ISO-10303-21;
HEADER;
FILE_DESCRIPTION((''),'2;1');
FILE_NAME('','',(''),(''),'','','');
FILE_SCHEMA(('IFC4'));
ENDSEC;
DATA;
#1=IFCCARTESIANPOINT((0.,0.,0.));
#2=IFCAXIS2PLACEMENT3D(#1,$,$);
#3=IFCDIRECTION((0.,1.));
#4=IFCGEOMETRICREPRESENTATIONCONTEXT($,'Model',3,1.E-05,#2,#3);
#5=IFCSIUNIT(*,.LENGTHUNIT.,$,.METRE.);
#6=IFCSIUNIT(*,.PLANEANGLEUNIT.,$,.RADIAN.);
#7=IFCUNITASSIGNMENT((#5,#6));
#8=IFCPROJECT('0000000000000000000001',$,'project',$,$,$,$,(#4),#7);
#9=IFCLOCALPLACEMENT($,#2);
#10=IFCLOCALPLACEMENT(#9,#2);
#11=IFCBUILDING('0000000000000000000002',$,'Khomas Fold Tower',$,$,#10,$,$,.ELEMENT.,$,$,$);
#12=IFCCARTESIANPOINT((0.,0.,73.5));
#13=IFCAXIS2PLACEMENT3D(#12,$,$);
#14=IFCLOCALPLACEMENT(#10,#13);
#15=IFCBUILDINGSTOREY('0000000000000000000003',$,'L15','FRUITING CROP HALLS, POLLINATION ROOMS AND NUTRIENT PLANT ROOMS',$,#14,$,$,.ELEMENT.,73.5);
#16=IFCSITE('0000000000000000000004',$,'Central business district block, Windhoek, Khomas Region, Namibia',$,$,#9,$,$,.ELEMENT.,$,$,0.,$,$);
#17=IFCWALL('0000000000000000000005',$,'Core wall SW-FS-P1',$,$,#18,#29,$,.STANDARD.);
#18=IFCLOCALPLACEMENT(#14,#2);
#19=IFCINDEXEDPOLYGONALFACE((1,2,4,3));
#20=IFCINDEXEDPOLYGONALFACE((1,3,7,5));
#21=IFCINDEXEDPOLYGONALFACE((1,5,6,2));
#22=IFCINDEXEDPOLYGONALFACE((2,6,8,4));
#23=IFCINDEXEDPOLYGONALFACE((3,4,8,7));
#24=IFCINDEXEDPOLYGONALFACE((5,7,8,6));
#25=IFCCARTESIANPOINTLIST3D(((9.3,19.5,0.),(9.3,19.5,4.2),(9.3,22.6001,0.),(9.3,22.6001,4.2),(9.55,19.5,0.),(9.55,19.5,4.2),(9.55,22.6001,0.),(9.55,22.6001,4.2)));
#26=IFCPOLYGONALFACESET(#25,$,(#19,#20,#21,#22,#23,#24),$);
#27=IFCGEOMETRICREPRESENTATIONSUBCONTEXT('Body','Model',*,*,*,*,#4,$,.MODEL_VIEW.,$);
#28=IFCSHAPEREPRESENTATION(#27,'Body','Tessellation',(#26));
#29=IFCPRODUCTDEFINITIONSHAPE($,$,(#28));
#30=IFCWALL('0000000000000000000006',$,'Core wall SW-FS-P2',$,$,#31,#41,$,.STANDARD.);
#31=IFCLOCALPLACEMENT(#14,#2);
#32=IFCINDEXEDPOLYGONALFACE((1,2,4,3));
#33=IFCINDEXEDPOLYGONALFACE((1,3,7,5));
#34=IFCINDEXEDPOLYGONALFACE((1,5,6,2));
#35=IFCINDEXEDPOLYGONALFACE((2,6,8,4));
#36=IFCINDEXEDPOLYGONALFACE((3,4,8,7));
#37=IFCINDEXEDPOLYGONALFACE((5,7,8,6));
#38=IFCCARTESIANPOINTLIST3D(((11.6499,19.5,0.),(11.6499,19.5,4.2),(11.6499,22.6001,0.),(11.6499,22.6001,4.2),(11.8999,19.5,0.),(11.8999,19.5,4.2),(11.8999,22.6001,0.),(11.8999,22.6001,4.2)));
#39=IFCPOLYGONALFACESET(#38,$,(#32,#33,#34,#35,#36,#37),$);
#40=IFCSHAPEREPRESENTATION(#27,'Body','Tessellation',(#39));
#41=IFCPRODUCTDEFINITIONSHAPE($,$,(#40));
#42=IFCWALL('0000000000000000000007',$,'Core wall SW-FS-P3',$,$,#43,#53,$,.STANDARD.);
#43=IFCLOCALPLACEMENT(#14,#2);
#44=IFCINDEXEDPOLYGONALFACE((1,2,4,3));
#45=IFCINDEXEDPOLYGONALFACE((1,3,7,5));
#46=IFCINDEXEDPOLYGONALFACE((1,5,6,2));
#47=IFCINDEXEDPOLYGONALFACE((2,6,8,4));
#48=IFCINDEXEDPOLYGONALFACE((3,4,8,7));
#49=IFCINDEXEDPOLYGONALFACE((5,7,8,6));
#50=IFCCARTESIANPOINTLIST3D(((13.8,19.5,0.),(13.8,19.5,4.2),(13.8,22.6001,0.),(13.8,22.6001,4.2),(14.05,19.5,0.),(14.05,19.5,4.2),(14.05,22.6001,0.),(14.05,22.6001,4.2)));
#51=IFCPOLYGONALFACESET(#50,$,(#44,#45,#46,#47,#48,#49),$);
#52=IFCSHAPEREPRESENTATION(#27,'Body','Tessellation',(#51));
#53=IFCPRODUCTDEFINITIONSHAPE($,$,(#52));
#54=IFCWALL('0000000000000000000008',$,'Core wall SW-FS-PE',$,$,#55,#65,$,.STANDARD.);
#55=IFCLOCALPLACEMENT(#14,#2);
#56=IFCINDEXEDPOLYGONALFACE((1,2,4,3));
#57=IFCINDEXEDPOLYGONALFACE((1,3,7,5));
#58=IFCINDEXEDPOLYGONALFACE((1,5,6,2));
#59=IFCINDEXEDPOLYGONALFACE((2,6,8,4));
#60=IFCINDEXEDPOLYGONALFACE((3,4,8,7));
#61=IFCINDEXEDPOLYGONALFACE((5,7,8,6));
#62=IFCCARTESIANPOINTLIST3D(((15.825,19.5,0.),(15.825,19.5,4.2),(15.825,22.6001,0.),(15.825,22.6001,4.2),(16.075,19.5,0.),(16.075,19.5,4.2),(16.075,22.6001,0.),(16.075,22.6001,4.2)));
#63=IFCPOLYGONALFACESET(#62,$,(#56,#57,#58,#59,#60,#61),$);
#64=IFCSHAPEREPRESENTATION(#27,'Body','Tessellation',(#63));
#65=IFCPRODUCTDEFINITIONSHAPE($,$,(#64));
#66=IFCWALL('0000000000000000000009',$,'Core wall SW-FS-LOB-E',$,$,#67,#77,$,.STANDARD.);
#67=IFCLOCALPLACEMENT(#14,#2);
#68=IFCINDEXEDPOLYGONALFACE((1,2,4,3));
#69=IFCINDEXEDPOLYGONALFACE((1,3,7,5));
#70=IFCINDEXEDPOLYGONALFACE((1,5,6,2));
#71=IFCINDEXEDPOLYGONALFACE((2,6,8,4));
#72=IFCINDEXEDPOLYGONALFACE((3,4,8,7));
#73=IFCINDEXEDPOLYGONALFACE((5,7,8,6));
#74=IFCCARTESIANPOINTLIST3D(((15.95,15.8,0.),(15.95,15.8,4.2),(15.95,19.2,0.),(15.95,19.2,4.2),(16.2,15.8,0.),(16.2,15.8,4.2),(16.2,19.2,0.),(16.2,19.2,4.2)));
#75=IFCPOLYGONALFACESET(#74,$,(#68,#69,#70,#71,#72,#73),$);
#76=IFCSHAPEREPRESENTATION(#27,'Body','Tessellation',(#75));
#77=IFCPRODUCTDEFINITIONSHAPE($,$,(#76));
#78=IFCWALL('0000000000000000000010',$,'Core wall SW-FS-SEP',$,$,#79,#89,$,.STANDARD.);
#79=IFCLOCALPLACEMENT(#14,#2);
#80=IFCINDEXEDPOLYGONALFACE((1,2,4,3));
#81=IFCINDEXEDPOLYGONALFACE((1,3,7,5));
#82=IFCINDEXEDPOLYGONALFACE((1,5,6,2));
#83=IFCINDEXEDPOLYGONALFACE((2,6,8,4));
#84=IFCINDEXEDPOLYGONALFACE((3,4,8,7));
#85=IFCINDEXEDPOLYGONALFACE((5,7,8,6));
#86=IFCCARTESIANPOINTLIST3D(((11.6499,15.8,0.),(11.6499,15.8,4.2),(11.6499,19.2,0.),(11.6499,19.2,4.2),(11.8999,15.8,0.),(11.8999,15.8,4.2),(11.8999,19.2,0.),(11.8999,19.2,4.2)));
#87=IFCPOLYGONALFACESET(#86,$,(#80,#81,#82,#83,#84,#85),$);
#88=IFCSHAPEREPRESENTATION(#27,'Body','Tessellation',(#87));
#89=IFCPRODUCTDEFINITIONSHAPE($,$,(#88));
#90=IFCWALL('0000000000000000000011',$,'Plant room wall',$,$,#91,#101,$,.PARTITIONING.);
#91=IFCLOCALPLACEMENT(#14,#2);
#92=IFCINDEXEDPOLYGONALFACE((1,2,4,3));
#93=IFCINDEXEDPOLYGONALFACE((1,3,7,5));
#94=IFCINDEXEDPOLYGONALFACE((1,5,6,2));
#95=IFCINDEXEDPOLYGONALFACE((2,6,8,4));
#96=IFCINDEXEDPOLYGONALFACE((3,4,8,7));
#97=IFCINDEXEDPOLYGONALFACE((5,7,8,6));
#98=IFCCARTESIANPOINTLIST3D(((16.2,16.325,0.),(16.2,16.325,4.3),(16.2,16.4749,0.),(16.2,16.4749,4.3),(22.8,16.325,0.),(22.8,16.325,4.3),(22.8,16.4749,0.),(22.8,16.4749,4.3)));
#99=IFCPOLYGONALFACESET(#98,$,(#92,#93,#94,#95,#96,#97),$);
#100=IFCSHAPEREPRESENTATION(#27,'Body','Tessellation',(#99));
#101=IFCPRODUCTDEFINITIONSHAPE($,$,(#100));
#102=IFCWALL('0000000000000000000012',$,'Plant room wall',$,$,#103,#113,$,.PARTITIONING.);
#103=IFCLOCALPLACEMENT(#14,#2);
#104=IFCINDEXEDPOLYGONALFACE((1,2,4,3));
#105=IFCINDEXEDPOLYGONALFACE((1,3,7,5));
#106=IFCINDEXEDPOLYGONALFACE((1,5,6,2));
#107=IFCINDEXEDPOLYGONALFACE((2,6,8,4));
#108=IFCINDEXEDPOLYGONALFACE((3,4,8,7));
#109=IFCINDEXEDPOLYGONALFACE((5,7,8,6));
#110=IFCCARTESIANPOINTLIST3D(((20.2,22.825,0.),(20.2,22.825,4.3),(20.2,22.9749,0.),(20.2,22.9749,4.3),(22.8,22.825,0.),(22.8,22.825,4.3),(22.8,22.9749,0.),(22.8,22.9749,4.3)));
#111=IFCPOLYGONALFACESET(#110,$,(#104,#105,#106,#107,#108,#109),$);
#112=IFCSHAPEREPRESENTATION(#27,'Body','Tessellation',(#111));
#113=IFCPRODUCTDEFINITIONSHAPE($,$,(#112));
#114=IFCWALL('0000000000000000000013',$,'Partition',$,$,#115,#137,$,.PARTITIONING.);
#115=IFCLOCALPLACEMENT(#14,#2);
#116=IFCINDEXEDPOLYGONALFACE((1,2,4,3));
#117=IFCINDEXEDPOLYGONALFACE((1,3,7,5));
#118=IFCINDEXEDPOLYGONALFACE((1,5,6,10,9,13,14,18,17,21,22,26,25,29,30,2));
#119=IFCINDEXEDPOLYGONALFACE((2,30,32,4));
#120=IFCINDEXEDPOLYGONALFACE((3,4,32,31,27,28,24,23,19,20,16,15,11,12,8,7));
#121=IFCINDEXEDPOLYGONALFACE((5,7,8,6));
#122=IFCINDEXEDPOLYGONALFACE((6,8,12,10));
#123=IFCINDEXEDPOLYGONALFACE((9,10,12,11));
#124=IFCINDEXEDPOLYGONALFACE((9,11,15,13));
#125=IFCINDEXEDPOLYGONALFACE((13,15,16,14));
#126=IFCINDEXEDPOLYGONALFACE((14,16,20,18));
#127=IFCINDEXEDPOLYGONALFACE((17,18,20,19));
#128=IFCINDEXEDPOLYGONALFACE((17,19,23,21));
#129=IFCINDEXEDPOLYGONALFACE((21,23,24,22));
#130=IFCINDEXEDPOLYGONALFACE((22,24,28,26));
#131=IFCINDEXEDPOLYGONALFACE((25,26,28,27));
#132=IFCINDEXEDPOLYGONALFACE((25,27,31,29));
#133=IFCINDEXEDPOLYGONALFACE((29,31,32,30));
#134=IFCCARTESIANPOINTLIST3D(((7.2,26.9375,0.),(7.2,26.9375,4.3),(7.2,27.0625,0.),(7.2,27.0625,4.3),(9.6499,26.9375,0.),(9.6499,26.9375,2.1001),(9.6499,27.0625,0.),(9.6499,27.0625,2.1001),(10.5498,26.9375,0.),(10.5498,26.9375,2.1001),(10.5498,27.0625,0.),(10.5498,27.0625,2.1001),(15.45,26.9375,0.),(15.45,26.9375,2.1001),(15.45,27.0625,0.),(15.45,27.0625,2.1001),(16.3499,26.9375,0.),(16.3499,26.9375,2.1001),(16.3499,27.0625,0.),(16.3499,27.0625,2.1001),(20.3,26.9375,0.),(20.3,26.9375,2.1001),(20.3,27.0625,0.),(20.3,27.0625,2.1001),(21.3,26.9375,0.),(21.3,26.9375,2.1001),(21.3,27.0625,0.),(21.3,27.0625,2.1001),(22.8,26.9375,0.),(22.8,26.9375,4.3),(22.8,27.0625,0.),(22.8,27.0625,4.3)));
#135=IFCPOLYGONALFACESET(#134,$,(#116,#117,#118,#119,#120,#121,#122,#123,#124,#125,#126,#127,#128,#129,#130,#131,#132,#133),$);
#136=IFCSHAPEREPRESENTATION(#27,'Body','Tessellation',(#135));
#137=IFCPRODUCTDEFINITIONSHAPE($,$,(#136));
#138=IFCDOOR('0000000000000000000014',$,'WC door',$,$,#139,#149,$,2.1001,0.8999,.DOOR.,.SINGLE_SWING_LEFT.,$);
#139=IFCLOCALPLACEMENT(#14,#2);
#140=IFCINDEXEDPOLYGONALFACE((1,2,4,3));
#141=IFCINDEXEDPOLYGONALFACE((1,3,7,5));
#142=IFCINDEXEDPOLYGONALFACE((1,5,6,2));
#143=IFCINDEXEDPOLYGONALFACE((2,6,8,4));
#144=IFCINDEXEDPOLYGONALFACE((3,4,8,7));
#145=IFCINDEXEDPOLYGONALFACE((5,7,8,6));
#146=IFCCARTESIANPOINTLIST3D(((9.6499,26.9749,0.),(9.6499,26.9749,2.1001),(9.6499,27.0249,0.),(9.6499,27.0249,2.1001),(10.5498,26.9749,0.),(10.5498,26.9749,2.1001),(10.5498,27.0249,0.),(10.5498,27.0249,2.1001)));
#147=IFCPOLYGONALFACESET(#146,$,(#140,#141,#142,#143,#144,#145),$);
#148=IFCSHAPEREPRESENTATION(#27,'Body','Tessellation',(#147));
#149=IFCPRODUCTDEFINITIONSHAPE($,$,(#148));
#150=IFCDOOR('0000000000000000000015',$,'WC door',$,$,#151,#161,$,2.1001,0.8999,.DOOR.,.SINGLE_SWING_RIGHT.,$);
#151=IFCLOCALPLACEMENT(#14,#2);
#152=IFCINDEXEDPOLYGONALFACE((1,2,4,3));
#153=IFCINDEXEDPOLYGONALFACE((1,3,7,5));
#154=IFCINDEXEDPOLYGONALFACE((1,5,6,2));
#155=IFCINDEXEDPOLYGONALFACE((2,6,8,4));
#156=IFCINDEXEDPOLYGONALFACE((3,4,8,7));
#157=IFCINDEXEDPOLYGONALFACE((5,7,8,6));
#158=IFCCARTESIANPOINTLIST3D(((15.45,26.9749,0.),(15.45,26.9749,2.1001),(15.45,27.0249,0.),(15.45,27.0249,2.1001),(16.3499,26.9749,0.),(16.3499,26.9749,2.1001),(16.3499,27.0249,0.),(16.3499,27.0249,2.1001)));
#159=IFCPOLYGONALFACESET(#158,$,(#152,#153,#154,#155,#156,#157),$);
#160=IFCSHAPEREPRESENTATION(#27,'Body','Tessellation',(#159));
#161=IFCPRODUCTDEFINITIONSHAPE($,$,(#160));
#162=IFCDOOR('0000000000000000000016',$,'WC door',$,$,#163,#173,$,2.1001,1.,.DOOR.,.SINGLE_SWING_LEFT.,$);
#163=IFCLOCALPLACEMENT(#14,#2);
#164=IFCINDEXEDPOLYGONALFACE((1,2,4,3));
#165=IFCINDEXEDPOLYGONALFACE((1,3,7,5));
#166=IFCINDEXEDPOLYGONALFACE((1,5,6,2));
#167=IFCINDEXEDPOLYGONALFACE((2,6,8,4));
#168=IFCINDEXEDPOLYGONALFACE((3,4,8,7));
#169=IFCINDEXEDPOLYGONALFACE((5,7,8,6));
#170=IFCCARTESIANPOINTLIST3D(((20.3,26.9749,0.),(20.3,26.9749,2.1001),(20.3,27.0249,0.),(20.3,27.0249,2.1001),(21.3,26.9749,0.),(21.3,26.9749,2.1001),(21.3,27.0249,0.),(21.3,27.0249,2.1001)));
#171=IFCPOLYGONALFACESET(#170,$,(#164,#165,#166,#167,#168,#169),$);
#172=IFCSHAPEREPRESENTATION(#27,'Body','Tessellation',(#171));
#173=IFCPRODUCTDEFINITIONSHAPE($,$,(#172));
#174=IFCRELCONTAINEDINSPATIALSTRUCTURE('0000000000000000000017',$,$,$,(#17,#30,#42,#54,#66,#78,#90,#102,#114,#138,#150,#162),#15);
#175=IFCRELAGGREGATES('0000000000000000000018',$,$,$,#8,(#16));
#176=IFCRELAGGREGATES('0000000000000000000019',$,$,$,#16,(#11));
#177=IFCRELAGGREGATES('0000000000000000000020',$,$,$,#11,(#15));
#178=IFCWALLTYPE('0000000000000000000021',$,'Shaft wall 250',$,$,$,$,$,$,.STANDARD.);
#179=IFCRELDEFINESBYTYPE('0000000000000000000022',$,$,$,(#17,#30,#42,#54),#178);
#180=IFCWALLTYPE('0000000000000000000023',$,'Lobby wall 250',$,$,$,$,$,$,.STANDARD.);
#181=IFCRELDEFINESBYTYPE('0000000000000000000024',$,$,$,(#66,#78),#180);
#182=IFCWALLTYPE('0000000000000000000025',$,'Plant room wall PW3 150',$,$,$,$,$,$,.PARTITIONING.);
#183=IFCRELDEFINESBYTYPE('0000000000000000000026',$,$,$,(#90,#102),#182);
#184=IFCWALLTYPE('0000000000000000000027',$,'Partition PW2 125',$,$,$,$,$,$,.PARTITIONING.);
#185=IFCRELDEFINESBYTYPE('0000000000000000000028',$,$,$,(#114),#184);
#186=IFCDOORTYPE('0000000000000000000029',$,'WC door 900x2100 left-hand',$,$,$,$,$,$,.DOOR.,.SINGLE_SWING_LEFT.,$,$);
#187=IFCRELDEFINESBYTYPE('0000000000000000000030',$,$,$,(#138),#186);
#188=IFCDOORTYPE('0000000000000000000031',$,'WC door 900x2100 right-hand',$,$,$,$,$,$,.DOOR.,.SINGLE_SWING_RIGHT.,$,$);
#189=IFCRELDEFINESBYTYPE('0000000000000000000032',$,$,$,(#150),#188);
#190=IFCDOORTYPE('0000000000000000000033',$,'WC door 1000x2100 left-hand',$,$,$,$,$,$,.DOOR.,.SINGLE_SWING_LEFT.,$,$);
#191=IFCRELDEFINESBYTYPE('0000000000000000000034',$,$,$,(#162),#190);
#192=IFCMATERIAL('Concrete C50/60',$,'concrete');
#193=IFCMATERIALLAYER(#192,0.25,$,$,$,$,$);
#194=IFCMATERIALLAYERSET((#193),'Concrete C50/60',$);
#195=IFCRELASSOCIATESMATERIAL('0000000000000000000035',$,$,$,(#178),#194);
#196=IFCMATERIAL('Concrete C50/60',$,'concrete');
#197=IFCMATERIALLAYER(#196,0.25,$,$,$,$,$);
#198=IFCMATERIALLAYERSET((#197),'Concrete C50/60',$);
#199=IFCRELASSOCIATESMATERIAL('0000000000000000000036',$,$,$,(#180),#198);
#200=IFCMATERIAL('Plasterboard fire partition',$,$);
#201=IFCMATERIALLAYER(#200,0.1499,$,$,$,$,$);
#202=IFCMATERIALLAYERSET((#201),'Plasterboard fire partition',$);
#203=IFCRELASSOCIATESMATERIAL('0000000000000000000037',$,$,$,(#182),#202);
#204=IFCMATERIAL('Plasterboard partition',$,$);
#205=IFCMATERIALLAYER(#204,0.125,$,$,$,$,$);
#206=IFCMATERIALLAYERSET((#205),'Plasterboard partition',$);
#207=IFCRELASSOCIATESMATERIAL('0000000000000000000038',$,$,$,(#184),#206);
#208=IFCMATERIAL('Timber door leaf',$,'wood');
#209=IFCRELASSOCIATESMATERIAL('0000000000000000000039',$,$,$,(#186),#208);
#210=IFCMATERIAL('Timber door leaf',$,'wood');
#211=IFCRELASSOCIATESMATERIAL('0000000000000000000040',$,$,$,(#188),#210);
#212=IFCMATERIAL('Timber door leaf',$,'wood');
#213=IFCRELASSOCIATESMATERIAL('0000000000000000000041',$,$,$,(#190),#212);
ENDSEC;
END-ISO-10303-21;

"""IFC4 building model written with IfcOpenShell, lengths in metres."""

from ifc_helpers import new_model, si_unit, direction, frame, frame_2d, origin, place, context, subcontext, project, spatial, rectangle, extrude, source, transform, mapped, material, layer, layer_set, type_object, element, fill, save


model = new_model("IFC4")

# Units and contexts
model_context = context("Model", 3, precision=1e-05, world=origin(), true_north=direction((0.0, 1.0)))
body_context = subcontext(model_context, "Body", "Model", "MODEL_VIEW")
ifc_project = project(units=[si_unit("LENGTHUNIT", "METRE"), si_unit("PLANEANGLEUNIT", "RADIAN")], contexts=[model_context])

# Site, building, storey
site_placement = place(None, origin())
site = spatial("IfcSite", under=ifc_project, at=site_placement, Name="Central business district block, Windhoek, Khomas Region, Namibia", CompositionType="ELEMENT", RefElevation=0.0)
building_placement = place(site_placement, origin())
building = spatial("IfcBuilding", under=site, at=building_placement, Name="Khomas Fold Tower", CompositionType="ELEMENT")
storey_placement = place(building_placement, frame((0.0, 0.0, 73.5)))
storey = spatial("IfcBuildingStorey", under=building, at=storey_placement, Name="L15", Description="FRUITING CROP HALLS, POLLINATION ROOMS AND NUTRIENT PLANT ROOMS", CompositionType="ELEMENT", Elevation=73.5)

# Walls
ifc_material_1 = material(Name="Concrete C50/60", Category="concrete")
ifc_layer_1 = layer(ifc_material_1, 0.25)
ifc_layer_set_1 = layer_set([ifc_layer_1], Name="Concrete C50/60")
wall_type_1 = type_object("IfcWallType", Name="Shaft wall 250", PredefinedType="STANDARD", material=ifc_layer_set_1)
shared_shape_1 = source(origin(), body_context, "Body", "SweptSolid", [
    extrude(rectangle(XDim=3.1001, YDim=0.25, at=frame_2d((1.55, 0.0))), origin(), (0.0, 0.0, 1.0), 4.2),
])
for number, where, z_axis, x_axis, name in (
    (1, (9.425, 19.5, 0.0), (0.0, 0.0, 1.0), (0.0, 1.0, 0.0), "Core wall SW-FS-P1"),
    (2, (11.7749, 19.5, 0.0), (0.0, 0.0, 1.0), (0.0, 1.0, 0.0), "Core wall SW-FS-P2"),
    (3, (13.925, 19.5, 0.0), (0.0, 0.0, 1.0), (0.0, 1.0, 0.0), "Core wall SW-FS-P3"),
    (4, (15.95, 19.5, 0.0), (0.0, 0.0, 1.0), (0.0, 1.0, 0.0), "Core wall SW-FS-PE"),
):
    element("IfcWall", number, at=place(storey_placement, frame(where, z_axis=z_axis, x_axis=x_axis)), inside=storey, type_object=wall_type_1, Name=name, PredefinedType="STANDARD", context=body_context, shape_type="MappedRepresentation", body=[
        mapped(shared_shape_1, transform((0.0, 0.0, 0.0))),
    ])
ifc_material_2 = material(Name="Concrete C50/60", Category="concrete")
ifc_layer_2 = layer(ifc_material_2, 0.25)
ifc_layer_set_2 = layer_set([ifc_layer_2], Name="Concrete C50/60")
wall_type_2 = type_object("IfcWallType", Name="Lobby wall 250", PredefinedType="STANDARD", material=ifc_layer_set_2)
shared_shape_2 = source(origin(), body_context, "Body", "SweptSolid", [
    extrude(rectangle(XDim=3.3999, YDim=0.25, at=frame_2d((1.7, 0.0))), origin(), (0.0, 0.0, 1.0), 4.2),
])
for number, where, z_axis, x_axis, name in (
    (5, (16.075, 15.8, 0.0), (0.0, 0.0, 1.0), (0.0, 1.0, 0.0), "Core wall SW-FS-LOB-E"),
    (6, (11.7749, 15.8, 0.0), (0.0, 0.0, 1.0), (0.0, 1.0, 0.0), "Core wall SW-FS-SEP"),
):
    element("IfcWall", number, at=place(storey_placement, frame(where, z_axis=z_axis, x_axis=x_axis)), inside=storey, type_object=wall_type_2, Name=name, PredefinedType="STANDARD", context=body_context, shape_type="MappedRepresentation", body=[
        mapped(shared_shape_2, transform((0.0, 0.0, 0.0))),
    ])
ifc_material_3 = material(Name="Plasterboard fire partition")
ifc_layer_3 = layer(ifc_material_3, 0.1499)
ifc_layer_set_3 = layer_set([ifc_layer_3], Name="Plasterboard fire partition")
wall_type_3 = type_object("IfcWallType", Name="Plant room wall PW3 150", PredefinedType="PARTITIONING", material=ifc_layer_set_3)
shared_shape_3 = source(origin(), body_context, "Body", "SweptSolid", [
    extrude(rectangle(XDim=6.6001, YDim=0.1499, at=frame_2d((3.3, 0.0))), origin(), (0.0, 0.0, 1.0), 4.3),
])
wall_1_placement = place(storey_placement, frame((16.2, 16.3999, 0.0), z_axis=(0.0, 0.0, 1.0), x_axis=(1.0, 0.0, 0.0)))
element("IfcWall", 7, at=wall_1_placement, inside=storey, type_object=wall_type_3, Name="Plant room wall", PredefinedType="PARTITIONING", context=body_context, shape_type="MappedRepresentation", body=[
    mapped(shared_shape_3, transform((0.0, 0.0, 0.0))),
])
shared_shape_4 = source(origin(), body_context, "Body", "SweptSolid", [
    extrude(rectangle(XDim=2.6001, YDim=0.1499, at=frame_2d((1.3, 0.0))), origin(), (0.0, 0.0, 1.0), 4.3),
])
wall_2_placement = place(storey_placement, frame((20.2, 22.8999, 0.0), z_axis=(0.0, 0.0, 1.0), x_axis=(1.0, 0.0, 0.0)))
element("IfcWall", 8, at=wall_2_placement, inside=storey, type_object=wall_type_3, Name="Plant room wall", PredefinedType="PARTITIONING", context=body_context, shape_type="MappedRepresentation", body=[
    mapped(shared_shape_4, transform((0.0, 0.0, 0.0))),
])

# Wall, openings, doors
ifc_material_4 = material(Name="Plasterboard partition")
ifc_layer_4 = layer(ifc_material_4, 0.125)
ifc_layer_set_4 = layer_set([ifc_layer_4], Name="Plasterboard partition")
wall_type_4 = type_object("IfcWallType", Name="Partition PW2 125", PredefinedType="PARTITIONING", material=ifc_layer_set_4)
shared_shape_5 = source(origin(), body_context, "Body", "SweptSolid", [
    extrude(rectangle(XDim=15.6001, YDim=0.125, at=frame_2d((7.8, 0.0))), origin(), (0.0, 0.0, 1.0), 4.3),
])
wall_3_placement = place(storey_placement, frame((7.2, 27.0, 0.0), z_axis=(0.0, 0.0, 1.0), x_axis=(1.0, 0.0, 0.0)))
wall_3 = element("IfcWall", 9, at=wall_3_placement, inside=storey, type_object=wall_type_4, Name="Partition", PredefinedType="PARTITIONING", context=body_context, shape_type="MappedRepresentation", body=[
    mapped(shared_shape_5, transform((0.0, 0.0, 0.0))),
])
shared_shape_6 = source(origin(), body_context, "Body", "SweptSolid", [
    extrude(rectangle(XDim=0.8999, YDim=2.1001, at=frame_2d((0.45, 1.05))), frame((0.0, 0.0725, 0.0), z_axis=(0.0, -1.0, 0.0), x_axis=(1.0, 0.0, 0.0)), (0.0, 0.0, 1.0), 0.145),
])
opening_1_placement = place(wall_3_placement, frame((2.45, 0.0, 0.0)))
opening_1 = element("IfcOpeningElement", 10, at=opening_1_placement, cuts=wall_3, PredefinedType="OPENING", context=body_context, shape_type="MappedRepresentation", body=[
    mapped(shared_shape_6, transform((0.0, 0.0, 0.0))),
])
opening_2_placement = place(wall_3_placement, frame((8.25, 0.0, 0.0)))
opening_2 = element("IfcOpeningElement", 11, at=opening_2_placement, cuts=wall_3, PredefinedType="OPENING", context=body_context, shape_type="MappedRepresentation", body=[
    mapped(shared_shape_6, transform((0.0, 0.0, 0.0))),
])
shared_shape_7 = source(origin(), body_context, "Body", "SweptSolid", [
    extrude(rectangle(XDim=1.0, YDim=2.1001, at=frame_2d((0.5, 1.05))), frame((0.0, 0.0725, 0.0), z_axis=(0.0, -1.0, 0.0), x_axis=(1.0, 0.0, 0.0)), (0.0, 0.0, 1.0), 0.145),
])
opening_3_placement = place(wall_3_placement, frame((13.1001, 0.0, 0.0)))
opening_3 = element("IfcOpeningElement", 12, at=opening_3_placement, cuts=wall_3, PredefinedType="OPENING", context=body_context, shape_type="MappedRepresentation", body=[
    mapped(shared_shape_7, transform((0.0, 0.0, 0.0))),
])
ifc_material_5 = material(Name="Timber door leaf", Category="wood")
door_type_1 = type_object("IfcDoorType", Name="WC door 900x2100 left-hand", OperationType="SINGLE_SWING_LEFT", PredefinedType="DOOR", material=ifc_material_5)
shared_shape_8 = source(origin(), body_context, "Body", "SweptSolid", [
    extrude(rectangle(XDim=0.8999, YDim=2.1001, at=frame_2d((0.45, 1.05))), frame((0.0, 0.0249, 0.0), z_axis=(0.0, -1.0, 0.0), x_axis=(1.0, 0.0, 0.0)), (0.0, 0.0, 1.0), 0.05),
])
door_1_placement = place(opening_1_placement, origin())
door_1 = element("IfcDoor", 13, at=door_1_placement, inside=storey, type_object=door_type_1, Name="WC door", OperationType="SINGLE_SWING_LEFT", OverallHeight=2.1001, OverallWidth=0.8999, PredefinedType="DOOR", context=body_context, shape_type="MappedRepresentation", body=[
    mapped(shared_shape_8, transform((0.0, 0.0, 0.0))),
])
fill(opening_1, door_1)
ifc_material_6 = material(Name="Timber door leaf", Category="wood")
door_type_2 = type_object("IfcDoorType", Name="WC door 900x2100 right-hand", OperationType="SINGLE_SWING_RIGHT", PredefinedType="DOOR", material=ifc_material_6)
door_2_placement = place(opening_2_placement, origin())
door_2 = element("IfcDoor", 14, at=door_2_placement, inside=storey, type_object=door_type_2, Name="WC door", OperationType="SINGLE_SWING_RIGHT", OverallHeight=2.1001, OverallWidth=0.8999, PredefinedType="DOOR", context=body_context, shape_type="MappedRepresentation", body=[
    mapped(shared_shape_8, transform((0.0, 0.0, 0.0))),
])
fill(opening_2, door_2)
ifc_material_7 = material(Name="Timber door leaf", Category="wood")
door_type_3 = type_object("IfcDoorType", Name="WC door 1000x2100 left-hand", OperationType="SINGLE_SWING_LEFT", PredefinedType="DOOR", material=ifc_material_7)
shared_shape_9 = source(origin(), body_context, "Body", "SweptSolid", [
    extrude(rectangle(XDim=1.0, YDim=2.1001, at=frame_2d((0.5, 1.05))), frame((0.0, 0.0249, 0.0), z_axis=(0.0, -1.0, 0.0), x_axis=(1.0, 0.0, 0.0)), (0.0, 0.0, 1.0), 0.05),
])
door_3_placement = place(opening_3_placement, origin())
door_3 = element("IfcDoor", 15, at=door_3_placement, inside=storey, type_object=door_type_3, Name="WC door", OperationType="SINGLE_SWING_LEFT", OverallHeight=2.1001, OverallWidth=1.0, PredefinedType="DOOR", context=body_context, shape_type="MappedRepresentation", body=[
    mapped(shared_shape_9, transform((0.0, 0.0, 0.0))),
])
fill(opening_3, door_3)

save(model, "model.ifc")
